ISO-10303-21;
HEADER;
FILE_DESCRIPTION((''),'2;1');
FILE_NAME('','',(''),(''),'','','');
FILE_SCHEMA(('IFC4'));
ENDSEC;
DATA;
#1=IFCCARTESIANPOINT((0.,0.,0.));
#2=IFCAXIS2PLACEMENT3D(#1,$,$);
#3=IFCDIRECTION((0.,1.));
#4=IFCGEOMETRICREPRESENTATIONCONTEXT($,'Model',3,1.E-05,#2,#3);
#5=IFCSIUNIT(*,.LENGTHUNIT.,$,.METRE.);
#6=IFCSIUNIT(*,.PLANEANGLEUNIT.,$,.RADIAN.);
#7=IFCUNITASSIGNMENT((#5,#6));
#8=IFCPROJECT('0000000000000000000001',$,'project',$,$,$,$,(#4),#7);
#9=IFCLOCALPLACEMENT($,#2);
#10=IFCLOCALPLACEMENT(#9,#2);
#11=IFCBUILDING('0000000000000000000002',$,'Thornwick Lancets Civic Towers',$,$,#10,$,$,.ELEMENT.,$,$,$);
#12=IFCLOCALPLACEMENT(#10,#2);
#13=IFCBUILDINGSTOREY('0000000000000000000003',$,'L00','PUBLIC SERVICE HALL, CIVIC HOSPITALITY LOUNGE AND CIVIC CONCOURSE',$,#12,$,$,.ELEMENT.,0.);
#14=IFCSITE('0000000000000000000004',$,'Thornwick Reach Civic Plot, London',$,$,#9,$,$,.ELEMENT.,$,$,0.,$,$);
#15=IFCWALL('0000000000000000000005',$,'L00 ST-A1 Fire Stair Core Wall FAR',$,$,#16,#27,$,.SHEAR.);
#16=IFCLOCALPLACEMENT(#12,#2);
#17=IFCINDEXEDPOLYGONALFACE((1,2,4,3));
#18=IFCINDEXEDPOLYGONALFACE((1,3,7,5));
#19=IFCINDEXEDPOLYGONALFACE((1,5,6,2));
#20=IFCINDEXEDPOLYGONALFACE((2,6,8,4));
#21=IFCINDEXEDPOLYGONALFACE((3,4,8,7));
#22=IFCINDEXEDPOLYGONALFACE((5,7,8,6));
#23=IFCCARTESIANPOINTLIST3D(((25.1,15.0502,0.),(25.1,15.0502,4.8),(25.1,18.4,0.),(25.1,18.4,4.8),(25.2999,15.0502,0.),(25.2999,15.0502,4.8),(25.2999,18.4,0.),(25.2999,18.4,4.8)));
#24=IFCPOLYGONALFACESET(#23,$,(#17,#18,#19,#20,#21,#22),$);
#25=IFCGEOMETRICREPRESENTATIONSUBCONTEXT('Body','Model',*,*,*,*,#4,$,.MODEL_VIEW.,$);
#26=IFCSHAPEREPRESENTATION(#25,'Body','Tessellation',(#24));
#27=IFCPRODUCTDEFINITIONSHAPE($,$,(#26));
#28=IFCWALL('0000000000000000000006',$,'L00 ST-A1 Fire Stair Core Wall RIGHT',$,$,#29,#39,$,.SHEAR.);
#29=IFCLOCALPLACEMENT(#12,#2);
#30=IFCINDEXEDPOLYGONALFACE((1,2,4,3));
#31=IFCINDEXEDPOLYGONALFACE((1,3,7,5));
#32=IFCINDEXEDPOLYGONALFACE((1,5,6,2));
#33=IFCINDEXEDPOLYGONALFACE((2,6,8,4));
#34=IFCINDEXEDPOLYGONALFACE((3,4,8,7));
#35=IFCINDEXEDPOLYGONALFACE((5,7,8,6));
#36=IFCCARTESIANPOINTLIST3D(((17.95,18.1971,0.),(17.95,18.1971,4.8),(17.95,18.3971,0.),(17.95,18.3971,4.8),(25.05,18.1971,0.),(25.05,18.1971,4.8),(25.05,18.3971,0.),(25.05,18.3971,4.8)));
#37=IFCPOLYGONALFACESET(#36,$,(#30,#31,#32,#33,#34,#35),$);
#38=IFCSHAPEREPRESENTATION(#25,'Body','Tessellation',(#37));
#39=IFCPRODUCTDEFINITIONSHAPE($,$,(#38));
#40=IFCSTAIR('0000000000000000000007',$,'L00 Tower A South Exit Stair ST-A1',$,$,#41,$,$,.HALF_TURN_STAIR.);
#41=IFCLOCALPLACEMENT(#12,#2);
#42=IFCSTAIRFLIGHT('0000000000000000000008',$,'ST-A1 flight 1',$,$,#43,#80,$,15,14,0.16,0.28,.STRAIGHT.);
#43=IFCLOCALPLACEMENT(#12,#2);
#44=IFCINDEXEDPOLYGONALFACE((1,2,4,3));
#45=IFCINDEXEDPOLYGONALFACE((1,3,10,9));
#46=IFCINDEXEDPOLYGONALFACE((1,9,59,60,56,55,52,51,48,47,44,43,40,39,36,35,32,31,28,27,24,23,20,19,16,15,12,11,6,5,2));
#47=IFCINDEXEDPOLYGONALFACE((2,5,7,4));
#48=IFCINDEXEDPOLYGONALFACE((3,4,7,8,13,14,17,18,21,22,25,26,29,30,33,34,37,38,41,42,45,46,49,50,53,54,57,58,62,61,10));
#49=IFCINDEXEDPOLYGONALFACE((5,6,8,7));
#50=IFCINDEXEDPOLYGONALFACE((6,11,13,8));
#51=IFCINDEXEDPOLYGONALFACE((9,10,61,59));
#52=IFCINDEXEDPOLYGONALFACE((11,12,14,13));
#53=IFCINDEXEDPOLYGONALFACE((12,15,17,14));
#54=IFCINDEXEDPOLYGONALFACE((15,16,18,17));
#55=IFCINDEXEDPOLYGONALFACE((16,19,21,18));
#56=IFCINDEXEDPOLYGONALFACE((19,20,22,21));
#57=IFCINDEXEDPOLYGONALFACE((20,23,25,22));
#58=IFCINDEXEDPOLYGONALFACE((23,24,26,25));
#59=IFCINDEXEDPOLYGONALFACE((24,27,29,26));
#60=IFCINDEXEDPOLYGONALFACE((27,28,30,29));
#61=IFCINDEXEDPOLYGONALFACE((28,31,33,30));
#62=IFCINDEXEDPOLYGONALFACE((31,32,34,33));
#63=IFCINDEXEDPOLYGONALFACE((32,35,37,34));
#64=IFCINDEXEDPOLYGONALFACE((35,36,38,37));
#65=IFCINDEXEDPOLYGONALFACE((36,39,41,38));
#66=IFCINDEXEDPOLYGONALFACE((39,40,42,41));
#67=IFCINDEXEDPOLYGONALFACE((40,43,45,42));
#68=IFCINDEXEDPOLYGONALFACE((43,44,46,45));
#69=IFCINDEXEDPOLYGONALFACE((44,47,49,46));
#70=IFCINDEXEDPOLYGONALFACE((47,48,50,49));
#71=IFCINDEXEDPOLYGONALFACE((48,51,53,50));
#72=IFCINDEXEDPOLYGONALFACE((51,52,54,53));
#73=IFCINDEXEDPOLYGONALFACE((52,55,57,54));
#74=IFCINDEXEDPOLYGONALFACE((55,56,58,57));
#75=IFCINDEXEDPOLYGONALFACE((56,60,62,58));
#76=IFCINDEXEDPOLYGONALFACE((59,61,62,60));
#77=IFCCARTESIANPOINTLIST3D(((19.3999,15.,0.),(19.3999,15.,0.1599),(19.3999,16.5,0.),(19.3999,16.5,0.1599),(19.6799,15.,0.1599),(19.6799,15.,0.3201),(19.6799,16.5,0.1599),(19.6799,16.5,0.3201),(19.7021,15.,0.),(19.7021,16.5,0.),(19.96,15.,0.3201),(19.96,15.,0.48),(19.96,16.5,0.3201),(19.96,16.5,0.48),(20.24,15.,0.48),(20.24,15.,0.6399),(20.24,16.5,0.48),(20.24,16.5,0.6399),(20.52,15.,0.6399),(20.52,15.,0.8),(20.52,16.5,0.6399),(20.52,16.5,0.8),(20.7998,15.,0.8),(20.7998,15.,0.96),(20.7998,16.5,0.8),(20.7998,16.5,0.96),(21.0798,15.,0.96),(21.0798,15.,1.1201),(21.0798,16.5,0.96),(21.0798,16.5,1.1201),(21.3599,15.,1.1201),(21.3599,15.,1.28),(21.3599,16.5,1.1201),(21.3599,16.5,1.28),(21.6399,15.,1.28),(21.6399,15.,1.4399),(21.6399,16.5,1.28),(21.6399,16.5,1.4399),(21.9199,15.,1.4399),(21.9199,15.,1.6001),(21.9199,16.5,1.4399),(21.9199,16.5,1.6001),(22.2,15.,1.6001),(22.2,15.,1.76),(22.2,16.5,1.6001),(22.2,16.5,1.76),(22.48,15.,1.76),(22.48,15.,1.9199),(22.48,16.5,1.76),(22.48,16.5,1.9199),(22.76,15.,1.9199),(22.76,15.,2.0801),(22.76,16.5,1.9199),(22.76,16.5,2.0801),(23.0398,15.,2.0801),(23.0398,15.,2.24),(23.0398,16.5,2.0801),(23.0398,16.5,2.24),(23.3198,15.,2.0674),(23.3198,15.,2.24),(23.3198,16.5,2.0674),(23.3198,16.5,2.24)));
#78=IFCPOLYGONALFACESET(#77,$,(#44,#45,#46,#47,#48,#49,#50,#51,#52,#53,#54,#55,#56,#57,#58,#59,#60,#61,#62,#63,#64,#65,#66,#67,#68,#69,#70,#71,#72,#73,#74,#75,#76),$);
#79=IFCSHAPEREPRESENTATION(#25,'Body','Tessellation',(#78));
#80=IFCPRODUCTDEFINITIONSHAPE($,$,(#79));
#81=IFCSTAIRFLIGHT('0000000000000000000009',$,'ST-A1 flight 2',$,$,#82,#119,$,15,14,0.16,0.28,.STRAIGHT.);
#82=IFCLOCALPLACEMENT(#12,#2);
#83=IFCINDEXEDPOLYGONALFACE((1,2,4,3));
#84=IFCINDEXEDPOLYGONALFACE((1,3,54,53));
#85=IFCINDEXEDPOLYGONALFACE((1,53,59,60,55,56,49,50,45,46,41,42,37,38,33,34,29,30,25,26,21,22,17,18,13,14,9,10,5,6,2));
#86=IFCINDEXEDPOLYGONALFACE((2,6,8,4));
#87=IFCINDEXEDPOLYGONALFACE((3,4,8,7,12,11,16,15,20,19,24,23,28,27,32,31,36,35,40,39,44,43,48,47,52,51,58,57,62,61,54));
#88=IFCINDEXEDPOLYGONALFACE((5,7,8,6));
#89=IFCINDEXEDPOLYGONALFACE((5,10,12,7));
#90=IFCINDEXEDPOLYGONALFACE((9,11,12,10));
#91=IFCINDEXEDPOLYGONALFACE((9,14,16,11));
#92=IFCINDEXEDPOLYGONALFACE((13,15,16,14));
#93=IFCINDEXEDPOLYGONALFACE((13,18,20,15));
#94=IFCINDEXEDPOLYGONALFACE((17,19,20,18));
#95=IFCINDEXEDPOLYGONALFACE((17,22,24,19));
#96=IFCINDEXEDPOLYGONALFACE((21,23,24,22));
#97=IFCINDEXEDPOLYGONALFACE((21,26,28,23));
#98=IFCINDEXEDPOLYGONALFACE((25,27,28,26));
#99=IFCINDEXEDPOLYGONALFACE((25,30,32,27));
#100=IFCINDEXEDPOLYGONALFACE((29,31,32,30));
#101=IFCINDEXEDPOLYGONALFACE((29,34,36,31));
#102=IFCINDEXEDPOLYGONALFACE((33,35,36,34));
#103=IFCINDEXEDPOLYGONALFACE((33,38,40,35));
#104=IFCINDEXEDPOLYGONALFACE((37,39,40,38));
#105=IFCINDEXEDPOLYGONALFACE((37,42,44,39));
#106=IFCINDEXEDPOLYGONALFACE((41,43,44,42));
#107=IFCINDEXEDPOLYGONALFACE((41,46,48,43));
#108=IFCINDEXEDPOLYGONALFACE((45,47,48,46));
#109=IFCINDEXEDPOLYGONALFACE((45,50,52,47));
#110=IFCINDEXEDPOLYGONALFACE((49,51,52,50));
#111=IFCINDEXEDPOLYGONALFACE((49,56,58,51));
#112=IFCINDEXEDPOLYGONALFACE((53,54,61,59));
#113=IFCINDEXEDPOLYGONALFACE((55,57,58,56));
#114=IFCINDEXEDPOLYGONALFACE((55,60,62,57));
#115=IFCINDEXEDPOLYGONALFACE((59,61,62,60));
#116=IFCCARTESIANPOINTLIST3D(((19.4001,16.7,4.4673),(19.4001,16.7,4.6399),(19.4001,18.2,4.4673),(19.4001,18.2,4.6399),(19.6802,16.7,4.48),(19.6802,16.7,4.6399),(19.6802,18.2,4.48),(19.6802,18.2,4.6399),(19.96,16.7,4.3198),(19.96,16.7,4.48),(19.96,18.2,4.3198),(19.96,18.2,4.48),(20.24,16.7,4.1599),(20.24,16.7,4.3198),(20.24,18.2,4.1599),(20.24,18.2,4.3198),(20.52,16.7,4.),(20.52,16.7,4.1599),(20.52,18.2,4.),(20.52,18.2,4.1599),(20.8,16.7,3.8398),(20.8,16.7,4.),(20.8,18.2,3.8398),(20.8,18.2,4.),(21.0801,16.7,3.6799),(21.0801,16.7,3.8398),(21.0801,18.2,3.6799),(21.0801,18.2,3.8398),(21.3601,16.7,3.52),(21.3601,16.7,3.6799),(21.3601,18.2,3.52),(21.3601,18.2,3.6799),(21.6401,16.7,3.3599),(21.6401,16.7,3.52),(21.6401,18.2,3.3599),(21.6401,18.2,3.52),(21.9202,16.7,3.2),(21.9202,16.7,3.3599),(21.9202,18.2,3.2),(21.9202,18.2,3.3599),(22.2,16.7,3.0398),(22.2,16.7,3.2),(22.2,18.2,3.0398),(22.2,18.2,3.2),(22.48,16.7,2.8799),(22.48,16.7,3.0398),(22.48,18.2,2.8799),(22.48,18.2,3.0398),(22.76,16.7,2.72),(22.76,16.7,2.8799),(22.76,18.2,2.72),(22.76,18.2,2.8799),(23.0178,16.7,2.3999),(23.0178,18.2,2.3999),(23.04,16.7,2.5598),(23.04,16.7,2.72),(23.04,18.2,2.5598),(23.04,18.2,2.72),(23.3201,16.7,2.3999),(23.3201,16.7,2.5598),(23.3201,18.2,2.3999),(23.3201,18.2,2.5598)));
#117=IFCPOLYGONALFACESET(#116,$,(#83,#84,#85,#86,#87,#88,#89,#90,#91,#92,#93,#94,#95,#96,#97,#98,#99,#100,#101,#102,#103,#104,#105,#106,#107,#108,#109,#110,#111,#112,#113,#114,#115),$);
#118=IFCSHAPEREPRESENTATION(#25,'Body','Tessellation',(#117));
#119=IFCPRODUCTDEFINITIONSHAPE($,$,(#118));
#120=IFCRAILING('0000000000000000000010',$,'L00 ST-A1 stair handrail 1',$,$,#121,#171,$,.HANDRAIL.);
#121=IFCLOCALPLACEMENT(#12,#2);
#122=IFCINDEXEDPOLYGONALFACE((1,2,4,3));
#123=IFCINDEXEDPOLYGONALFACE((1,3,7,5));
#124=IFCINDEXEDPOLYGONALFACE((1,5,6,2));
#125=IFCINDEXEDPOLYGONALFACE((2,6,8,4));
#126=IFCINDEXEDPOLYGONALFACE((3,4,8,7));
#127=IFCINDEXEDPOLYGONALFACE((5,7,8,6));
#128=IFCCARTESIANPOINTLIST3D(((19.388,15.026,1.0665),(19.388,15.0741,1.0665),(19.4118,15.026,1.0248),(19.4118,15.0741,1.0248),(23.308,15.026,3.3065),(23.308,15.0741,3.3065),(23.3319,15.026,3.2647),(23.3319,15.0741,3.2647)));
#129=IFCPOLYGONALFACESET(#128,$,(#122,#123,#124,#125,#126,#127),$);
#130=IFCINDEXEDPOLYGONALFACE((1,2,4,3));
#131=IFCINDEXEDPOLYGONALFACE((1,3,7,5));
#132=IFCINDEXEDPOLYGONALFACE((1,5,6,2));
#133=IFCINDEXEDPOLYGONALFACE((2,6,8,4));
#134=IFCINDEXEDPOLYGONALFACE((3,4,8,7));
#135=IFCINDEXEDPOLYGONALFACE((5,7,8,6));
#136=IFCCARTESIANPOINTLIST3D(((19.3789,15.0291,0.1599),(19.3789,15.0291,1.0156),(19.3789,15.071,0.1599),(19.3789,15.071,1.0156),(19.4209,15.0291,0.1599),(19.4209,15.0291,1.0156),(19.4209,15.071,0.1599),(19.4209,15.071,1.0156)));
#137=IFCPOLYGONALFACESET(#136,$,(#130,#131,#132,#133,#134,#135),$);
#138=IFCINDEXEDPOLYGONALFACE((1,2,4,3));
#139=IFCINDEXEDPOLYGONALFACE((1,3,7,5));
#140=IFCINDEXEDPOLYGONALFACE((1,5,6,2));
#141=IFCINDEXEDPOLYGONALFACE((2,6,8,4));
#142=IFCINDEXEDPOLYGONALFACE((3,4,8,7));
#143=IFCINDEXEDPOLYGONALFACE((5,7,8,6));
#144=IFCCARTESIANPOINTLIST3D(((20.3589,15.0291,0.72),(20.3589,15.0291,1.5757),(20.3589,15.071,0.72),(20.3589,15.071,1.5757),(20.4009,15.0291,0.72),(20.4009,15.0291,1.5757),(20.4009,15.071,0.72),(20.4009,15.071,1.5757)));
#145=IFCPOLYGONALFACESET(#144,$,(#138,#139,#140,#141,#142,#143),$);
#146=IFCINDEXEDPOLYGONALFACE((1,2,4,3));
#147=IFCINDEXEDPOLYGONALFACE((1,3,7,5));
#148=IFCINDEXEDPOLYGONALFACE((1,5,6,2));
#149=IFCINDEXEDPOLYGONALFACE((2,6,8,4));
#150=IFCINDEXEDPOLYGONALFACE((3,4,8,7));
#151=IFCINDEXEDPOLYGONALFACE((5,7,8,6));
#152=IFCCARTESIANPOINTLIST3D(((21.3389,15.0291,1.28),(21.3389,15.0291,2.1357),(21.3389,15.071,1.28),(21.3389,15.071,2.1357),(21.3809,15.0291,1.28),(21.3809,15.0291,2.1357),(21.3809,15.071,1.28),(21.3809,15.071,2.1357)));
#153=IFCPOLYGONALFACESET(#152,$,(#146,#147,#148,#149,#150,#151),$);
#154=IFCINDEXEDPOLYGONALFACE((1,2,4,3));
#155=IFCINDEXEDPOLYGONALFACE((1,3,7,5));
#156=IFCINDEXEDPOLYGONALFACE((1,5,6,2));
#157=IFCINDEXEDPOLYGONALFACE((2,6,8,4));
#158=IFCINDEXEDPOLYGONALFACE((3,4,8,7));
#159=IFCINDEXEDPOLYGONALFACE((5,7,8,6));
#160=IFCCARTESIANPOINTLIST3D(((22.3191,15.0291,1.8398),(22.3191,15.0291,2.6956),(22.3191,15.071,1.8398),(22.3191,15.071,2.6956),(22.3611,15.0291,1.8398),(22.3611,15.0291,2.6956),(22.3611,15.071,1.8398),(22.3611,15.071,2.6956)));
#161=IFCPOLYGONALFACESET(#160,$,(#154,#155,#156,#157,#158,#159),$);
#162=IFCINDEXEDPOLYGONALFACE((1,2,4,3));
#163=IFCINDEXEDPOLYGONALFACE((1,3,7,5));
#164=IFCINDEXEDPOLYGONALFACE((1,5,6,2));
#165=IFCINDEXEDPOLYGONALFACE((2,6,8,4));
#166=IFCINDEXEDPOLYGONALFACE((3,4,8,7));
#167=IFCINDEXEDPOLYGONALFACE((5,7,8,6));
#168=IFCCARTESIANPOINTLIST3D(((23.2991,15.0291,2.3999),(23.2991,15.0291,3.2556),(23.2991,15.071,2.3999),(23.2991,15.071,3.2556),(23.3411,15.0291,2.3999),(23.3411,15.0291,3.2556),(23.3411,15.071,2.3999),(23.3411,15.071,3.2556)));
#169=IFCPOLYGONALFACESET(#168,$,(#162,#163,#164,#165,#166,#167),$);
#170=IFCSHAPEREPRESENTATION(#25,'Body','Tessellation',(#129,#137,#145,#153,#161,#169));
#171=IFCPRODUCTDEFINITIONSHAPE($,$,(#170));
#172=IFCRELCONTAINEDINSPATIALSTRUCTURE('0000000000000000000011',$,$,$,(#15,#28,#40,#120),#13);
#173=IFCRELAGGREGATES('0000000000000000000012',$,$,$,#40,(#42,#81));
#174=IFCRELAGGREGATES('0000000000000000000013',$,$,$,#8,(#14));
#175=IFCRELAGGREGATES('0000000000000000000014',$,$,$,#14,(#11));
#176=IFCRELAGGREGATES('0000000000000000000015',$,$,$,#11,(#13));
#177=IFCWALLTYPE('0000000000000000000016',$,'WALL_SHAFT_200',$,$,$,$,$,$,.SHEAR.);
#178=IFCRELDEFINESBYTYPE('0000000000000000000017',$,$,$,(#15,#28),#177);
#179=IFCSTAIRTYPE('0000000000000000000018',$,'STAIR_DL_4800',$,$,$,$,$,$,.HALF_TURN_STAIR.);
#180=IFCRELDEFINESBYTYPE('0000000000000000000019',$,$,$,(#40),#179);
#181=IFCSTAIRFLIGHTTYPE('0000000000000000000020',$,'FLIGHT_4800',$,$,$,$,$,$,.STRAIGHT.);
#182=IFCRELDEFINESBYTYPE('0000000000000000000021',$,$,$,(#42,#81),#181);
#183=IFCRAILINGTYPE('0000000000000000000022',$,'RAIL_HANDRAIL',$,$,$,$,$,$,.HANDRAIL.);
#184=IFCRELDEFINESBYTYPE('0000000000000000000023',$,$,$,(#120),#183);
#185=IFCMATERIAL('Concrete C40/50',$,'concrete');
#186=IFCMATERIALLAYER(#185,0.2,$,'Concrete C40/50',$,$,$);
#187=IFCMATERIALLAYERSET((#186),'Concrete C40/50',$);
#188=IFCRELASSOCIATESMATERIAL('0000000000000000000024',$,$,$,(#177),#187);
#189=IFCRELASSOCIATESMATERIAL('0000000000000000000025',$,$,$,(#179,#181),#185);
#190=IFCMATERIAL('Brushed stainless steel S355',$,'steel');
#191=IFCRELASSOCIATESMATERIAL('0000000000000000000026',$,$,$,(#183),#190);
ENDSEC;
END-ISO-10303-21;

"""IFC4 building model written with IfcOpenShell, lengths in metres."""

from ifc_helpers import new_model, si_unit, direction, frame, frame_2d, origin, origin_2d, place, context, subcontext, project, spatial, polyline, rectangle, outline, extrude, material, layer, layer_set, type_object, element, aggregate, save


model = new_model("IFC4")

# Units and contexts
model_context = context("Model", 3, precision=1e-05, world=origin(), true_north=direction((0.0, 1.0)))
body_context = subcontext(model_context, "Body", "Model", "MODEL_VIEW")
ifc_project = project(units=[si_unit("LENGTHUNIT", "METRE"), si_unit("PLANEANGLEUNIT", "RADIAN")], contexts=[model_context])

# Site, building, storey
site_placement = place(None, origin())
site = spatial("IfcSite", under=ifc_project, at=site_placement, Name="Thornwick Reach Civic Plot, London", CompositionType="ELEMENT", RefElevation=0.0)
building_placement = place(site_placement, origin())
building = spatial("IfcBuilding", under=site, at=building_placement, Name="Thornwick Lancets Civic Towers", CompositionType="ELEMENT")
storey_placement = place(building_placement, origin())
storey = spatial("IfcBuildingStorey", under=building, at=storey_placement, Name="L00", Description="PUBLIC SERVICE HALL, CIVIC HOSPITALITY LOUNGE AND CIVIC CONCOURSE", CompositionType="ELEMENT", Elevation=0.0)

# Shared definitions
ifc_material_1 = material(Name="Concrete C40/50", Category="concrete")

# Shared definitions
ifc_layer_1 = layer(ifc_material_1, 0.2, Name="Concrete C40/50")
ifc_layer_set_1 = layer_set([ifc_layer_1], Name="Concrete C40/50")
wall_type_1 = type_object("IfcWallType", Name="WALL_SHAFT_200", PredefinedType="SHEAR", material=ifc_layer_set_1)

# Walls
wall_1_placement = place(storey_placement, frame((25.2, 18.3999, 0.0), z_axis=(0.0, 0.0, 1.0), x_axis=(0.0, -1.0, 0.0)))
element("IfcWall", 1, at=wall_1_placement, inside=storey, type_object=wall_type_1, Name="L00 ST-A1 Fire Stair Core Wall FAR", PredefinedType="SHEAR", context=body_context, shape_type="SweptSolid", body=[
    extrude(rectangle(XDim=3.3499, YDim=0.2, at=frame_2d((1.6748, 0.0))), origin(), (0.0, 0.0, 1.0), 4.8),
])
wall_2_placement = place(storey_placement, frame((25.05, 18.2971, 0.0), z_axis=(0.0, 0.0, 1.0), x_axis=(-1.0, 0.0, 0.0)))
element("IfcWall", 2, at=wall_2_placement, inside=storey, type_object=wall_type_1, Name="L00 ST-A1 Fire Stair Core Wall RIGHT", PredefinedType="SHEAR", context=body_context, shape_type="SweptSolid", body=[
    extrude(rectangle(XDim=7.1001, YDim=0.2, at=frame_2d((3.55, 0.0))), origin(), (0.0, 0.0, 1.0), 4.8),
])

# Stair, stair flights
stair_type = type_object("IfcStairType", Name="STAIR_DL_4800", PredefinedType="HALF_TURN_STAIR", material=ifc_material_1)
stair_placement = place(storey_placement, origin())
stair = element("IfcStair", 3, at=stair_placement, inside=storey, type_object=stair_type, Name="L00 Tower A South Exit Stair ST-A1", PredefinedType="HALF_TURN_STAIR")
stair_flight_type = type_object("IfcStairFlightType", Name="FLIGHT_4800", PredefinedType="STRAIGHT", material=ifc_material_1)
stair_flight_1_placement = place(storey_placement, frame((19.3999, 15.75, 0.0), z_axis=(0.0, 0.0, 1.0), x_axis=(1.0, 0.0, 0.0)))
stair_flight_1 = element("IfcStairFlight", 4, at=stair_flight_1_placement, type_object=stair_flight_type, Name="ST-A1 flight 1", NumberOfRisers=15, NumberOfTreads=14, PredefinedType="STRAIGHT", RiserHeight=0.16, TreadLength=0.28, context=body_context, shape_type="SweptSolid", body=[
    extrude(outline(polyline([(0.0, 0.0), (0.0, 0.1599), (0.28, 0.1599), (0.28, 0.3201), (0.5601, 0.3201), (0.5601, 0.48), (0.8401, 0.48), (0.8401, 0.6399), (1.1201, 0.6399), (1.1201, 0.8), (1.3999, 0.8), (1.3999, 0.96), (1.6799, 0.96), (1.6799, 1.1201), (1.96, 1.1201), (1.96, 1.28), (2.24, 1.28), (2.24, 1.4399), (2.52, 1.4399), (2.52, 1.6001), (2.8, 1.6001), (2.8, 1.76), (3.0801, 1.76), (3.0801, 1.9199), (3.3601, 1.9199), (3.3601, 2.0801), (3.6399, 2.0801), (3.6399, 2.24), (3.9199, 2.24), (3.9199, 2.3999), (3.9199, 2.0674), (0.3022, 0.0), (0.0, 0.0)])), frame((0.0, 0.75, 0.0), z_axis=(0.0, -1.0, 0.0), x_axis=(1.0, 0.0, 0.0)), (0.0, 0.0, 1.0), 1.5),
])
stair_flight_2_placement = place(storey_placement, frame((23.3201, 17.45, 2.3999), z_axis=(0.0, 0.0, 1.0), x_axis=(-1.0, 0.0, 0.0)))
stair_flight_2 = element("IfcStairFlight", 5, at=stair_flight_2_placement, type_object=stair_flight_type, Name="ST-A1 flight 2", NumberOfRisers=15, NumberOfTreads=14, PredefinedType="STRAIGHT", RiserHeight=0.16, TreadLength=0.28, context=body_context, shape_type="SweptSolid", body=[
    extrude(outline(polyline([(0.0, 0.0), (0.0, 0.1599), (0.28, 0.1599), (0.28, 0.3201), (0.5601, 0.3201), (0.5601, 0.48), (0.8401, 0.48), (0.8401, 0.6399), (1.1201, 0.6399), (1.1201, 0.8), (1.3999, 0.8), (1.3999, 0.96), (1.6799, 0.96), (1.6799, 1.1201), (1.96, 1.1201), (1.96, 1.28), (2.24, 1.28), (2.24, 1.4399), (2.52, 1.4399), (2.52, 1.6001), (2.8, 1.6001), (2.8, 1.76), (3.0801, 1.76), (3.0801, 1.9199), (3.3601, 1.9199), (3.3601, 2.0801), (3.6399, 2.0801), (3.6399, 2.24), (3.9199, 2.24), (3.9199, 2.3999), (3.9199, 2.0674), (0.3022, 0.0), (0.0, 0.0)])), frame((0.0, 0.75, 0.0), z_axis=(0.0, -1.0, 0.0), x_axis=(1.0, 0.0, 0.0)), (0.0, 0.0, 1.0), 1.5),
])
aggregate(stair, [stair_flight_1, stair_flight_2])

# Railing
ifc_material_2 = material(Name="Brushed stainless steel S355", Category="steel")
railing_type_1 = type_object("IfcRailingType", Name="RAIL_HANDRAIL", PredefinedType="HANDRAIL", material=ifc_material_2)
railing_1_placement = place(storey_placement, frame((19.3999, 15.05, 0.1599)))
element("IfcRailing", 6, at=railing_1_placement, inside=storey, type_object=railing_type_1, Name="L00 ST-A1 stair handrail 1", PredefinedType="HANDRAIL", context=body_context, shape_type="SweptSolid", body=[
    extrude(rectangle(XDim=0.0481, YDim=0.0481, at=origin_2d()), frame((0.0, 0.0, 0.8857), z_axis=(0.868253, 0.0, 0.496121), x_axis=(0.0, 1.0, 0.0)), (0.0, 0.0, 1.0), 4.5149),
    extrude(rectangle(XDim=0.042, YDim=0.042, at=origin_2d()), origin(), (0.0, 0.0, 1.0), 0.8557),
    extrude(rectangle(XDim=0.042, YDim=0.042, at=origin_2d()), frame((0.98, 0.0, 0.5601)), (0.0, 0.0, 1.0), 0.8557),
    extrude(rectangle(XDim=0.042, YDim=0.042, at=origin_2d()), frame((1.96, 0.0, 1.1201)), (0.0, 0.0, 1.0), 0.8557),
    extrude(rectangle(XDim=0.042, YDim=0.042, at=origin_2d()), frame((2.9402, 0.0, 1.6799)), (0.0, 0.0, 1.0), 0.8557),
    extrude(rectangle(XDim=0.042, YDim=0.042, at=origin_2d()), frame((3.9202, 0.0, 2.24)), (0.0, 0.0, 1.0), 0.8557),
])

save(model, "model.ifc")
